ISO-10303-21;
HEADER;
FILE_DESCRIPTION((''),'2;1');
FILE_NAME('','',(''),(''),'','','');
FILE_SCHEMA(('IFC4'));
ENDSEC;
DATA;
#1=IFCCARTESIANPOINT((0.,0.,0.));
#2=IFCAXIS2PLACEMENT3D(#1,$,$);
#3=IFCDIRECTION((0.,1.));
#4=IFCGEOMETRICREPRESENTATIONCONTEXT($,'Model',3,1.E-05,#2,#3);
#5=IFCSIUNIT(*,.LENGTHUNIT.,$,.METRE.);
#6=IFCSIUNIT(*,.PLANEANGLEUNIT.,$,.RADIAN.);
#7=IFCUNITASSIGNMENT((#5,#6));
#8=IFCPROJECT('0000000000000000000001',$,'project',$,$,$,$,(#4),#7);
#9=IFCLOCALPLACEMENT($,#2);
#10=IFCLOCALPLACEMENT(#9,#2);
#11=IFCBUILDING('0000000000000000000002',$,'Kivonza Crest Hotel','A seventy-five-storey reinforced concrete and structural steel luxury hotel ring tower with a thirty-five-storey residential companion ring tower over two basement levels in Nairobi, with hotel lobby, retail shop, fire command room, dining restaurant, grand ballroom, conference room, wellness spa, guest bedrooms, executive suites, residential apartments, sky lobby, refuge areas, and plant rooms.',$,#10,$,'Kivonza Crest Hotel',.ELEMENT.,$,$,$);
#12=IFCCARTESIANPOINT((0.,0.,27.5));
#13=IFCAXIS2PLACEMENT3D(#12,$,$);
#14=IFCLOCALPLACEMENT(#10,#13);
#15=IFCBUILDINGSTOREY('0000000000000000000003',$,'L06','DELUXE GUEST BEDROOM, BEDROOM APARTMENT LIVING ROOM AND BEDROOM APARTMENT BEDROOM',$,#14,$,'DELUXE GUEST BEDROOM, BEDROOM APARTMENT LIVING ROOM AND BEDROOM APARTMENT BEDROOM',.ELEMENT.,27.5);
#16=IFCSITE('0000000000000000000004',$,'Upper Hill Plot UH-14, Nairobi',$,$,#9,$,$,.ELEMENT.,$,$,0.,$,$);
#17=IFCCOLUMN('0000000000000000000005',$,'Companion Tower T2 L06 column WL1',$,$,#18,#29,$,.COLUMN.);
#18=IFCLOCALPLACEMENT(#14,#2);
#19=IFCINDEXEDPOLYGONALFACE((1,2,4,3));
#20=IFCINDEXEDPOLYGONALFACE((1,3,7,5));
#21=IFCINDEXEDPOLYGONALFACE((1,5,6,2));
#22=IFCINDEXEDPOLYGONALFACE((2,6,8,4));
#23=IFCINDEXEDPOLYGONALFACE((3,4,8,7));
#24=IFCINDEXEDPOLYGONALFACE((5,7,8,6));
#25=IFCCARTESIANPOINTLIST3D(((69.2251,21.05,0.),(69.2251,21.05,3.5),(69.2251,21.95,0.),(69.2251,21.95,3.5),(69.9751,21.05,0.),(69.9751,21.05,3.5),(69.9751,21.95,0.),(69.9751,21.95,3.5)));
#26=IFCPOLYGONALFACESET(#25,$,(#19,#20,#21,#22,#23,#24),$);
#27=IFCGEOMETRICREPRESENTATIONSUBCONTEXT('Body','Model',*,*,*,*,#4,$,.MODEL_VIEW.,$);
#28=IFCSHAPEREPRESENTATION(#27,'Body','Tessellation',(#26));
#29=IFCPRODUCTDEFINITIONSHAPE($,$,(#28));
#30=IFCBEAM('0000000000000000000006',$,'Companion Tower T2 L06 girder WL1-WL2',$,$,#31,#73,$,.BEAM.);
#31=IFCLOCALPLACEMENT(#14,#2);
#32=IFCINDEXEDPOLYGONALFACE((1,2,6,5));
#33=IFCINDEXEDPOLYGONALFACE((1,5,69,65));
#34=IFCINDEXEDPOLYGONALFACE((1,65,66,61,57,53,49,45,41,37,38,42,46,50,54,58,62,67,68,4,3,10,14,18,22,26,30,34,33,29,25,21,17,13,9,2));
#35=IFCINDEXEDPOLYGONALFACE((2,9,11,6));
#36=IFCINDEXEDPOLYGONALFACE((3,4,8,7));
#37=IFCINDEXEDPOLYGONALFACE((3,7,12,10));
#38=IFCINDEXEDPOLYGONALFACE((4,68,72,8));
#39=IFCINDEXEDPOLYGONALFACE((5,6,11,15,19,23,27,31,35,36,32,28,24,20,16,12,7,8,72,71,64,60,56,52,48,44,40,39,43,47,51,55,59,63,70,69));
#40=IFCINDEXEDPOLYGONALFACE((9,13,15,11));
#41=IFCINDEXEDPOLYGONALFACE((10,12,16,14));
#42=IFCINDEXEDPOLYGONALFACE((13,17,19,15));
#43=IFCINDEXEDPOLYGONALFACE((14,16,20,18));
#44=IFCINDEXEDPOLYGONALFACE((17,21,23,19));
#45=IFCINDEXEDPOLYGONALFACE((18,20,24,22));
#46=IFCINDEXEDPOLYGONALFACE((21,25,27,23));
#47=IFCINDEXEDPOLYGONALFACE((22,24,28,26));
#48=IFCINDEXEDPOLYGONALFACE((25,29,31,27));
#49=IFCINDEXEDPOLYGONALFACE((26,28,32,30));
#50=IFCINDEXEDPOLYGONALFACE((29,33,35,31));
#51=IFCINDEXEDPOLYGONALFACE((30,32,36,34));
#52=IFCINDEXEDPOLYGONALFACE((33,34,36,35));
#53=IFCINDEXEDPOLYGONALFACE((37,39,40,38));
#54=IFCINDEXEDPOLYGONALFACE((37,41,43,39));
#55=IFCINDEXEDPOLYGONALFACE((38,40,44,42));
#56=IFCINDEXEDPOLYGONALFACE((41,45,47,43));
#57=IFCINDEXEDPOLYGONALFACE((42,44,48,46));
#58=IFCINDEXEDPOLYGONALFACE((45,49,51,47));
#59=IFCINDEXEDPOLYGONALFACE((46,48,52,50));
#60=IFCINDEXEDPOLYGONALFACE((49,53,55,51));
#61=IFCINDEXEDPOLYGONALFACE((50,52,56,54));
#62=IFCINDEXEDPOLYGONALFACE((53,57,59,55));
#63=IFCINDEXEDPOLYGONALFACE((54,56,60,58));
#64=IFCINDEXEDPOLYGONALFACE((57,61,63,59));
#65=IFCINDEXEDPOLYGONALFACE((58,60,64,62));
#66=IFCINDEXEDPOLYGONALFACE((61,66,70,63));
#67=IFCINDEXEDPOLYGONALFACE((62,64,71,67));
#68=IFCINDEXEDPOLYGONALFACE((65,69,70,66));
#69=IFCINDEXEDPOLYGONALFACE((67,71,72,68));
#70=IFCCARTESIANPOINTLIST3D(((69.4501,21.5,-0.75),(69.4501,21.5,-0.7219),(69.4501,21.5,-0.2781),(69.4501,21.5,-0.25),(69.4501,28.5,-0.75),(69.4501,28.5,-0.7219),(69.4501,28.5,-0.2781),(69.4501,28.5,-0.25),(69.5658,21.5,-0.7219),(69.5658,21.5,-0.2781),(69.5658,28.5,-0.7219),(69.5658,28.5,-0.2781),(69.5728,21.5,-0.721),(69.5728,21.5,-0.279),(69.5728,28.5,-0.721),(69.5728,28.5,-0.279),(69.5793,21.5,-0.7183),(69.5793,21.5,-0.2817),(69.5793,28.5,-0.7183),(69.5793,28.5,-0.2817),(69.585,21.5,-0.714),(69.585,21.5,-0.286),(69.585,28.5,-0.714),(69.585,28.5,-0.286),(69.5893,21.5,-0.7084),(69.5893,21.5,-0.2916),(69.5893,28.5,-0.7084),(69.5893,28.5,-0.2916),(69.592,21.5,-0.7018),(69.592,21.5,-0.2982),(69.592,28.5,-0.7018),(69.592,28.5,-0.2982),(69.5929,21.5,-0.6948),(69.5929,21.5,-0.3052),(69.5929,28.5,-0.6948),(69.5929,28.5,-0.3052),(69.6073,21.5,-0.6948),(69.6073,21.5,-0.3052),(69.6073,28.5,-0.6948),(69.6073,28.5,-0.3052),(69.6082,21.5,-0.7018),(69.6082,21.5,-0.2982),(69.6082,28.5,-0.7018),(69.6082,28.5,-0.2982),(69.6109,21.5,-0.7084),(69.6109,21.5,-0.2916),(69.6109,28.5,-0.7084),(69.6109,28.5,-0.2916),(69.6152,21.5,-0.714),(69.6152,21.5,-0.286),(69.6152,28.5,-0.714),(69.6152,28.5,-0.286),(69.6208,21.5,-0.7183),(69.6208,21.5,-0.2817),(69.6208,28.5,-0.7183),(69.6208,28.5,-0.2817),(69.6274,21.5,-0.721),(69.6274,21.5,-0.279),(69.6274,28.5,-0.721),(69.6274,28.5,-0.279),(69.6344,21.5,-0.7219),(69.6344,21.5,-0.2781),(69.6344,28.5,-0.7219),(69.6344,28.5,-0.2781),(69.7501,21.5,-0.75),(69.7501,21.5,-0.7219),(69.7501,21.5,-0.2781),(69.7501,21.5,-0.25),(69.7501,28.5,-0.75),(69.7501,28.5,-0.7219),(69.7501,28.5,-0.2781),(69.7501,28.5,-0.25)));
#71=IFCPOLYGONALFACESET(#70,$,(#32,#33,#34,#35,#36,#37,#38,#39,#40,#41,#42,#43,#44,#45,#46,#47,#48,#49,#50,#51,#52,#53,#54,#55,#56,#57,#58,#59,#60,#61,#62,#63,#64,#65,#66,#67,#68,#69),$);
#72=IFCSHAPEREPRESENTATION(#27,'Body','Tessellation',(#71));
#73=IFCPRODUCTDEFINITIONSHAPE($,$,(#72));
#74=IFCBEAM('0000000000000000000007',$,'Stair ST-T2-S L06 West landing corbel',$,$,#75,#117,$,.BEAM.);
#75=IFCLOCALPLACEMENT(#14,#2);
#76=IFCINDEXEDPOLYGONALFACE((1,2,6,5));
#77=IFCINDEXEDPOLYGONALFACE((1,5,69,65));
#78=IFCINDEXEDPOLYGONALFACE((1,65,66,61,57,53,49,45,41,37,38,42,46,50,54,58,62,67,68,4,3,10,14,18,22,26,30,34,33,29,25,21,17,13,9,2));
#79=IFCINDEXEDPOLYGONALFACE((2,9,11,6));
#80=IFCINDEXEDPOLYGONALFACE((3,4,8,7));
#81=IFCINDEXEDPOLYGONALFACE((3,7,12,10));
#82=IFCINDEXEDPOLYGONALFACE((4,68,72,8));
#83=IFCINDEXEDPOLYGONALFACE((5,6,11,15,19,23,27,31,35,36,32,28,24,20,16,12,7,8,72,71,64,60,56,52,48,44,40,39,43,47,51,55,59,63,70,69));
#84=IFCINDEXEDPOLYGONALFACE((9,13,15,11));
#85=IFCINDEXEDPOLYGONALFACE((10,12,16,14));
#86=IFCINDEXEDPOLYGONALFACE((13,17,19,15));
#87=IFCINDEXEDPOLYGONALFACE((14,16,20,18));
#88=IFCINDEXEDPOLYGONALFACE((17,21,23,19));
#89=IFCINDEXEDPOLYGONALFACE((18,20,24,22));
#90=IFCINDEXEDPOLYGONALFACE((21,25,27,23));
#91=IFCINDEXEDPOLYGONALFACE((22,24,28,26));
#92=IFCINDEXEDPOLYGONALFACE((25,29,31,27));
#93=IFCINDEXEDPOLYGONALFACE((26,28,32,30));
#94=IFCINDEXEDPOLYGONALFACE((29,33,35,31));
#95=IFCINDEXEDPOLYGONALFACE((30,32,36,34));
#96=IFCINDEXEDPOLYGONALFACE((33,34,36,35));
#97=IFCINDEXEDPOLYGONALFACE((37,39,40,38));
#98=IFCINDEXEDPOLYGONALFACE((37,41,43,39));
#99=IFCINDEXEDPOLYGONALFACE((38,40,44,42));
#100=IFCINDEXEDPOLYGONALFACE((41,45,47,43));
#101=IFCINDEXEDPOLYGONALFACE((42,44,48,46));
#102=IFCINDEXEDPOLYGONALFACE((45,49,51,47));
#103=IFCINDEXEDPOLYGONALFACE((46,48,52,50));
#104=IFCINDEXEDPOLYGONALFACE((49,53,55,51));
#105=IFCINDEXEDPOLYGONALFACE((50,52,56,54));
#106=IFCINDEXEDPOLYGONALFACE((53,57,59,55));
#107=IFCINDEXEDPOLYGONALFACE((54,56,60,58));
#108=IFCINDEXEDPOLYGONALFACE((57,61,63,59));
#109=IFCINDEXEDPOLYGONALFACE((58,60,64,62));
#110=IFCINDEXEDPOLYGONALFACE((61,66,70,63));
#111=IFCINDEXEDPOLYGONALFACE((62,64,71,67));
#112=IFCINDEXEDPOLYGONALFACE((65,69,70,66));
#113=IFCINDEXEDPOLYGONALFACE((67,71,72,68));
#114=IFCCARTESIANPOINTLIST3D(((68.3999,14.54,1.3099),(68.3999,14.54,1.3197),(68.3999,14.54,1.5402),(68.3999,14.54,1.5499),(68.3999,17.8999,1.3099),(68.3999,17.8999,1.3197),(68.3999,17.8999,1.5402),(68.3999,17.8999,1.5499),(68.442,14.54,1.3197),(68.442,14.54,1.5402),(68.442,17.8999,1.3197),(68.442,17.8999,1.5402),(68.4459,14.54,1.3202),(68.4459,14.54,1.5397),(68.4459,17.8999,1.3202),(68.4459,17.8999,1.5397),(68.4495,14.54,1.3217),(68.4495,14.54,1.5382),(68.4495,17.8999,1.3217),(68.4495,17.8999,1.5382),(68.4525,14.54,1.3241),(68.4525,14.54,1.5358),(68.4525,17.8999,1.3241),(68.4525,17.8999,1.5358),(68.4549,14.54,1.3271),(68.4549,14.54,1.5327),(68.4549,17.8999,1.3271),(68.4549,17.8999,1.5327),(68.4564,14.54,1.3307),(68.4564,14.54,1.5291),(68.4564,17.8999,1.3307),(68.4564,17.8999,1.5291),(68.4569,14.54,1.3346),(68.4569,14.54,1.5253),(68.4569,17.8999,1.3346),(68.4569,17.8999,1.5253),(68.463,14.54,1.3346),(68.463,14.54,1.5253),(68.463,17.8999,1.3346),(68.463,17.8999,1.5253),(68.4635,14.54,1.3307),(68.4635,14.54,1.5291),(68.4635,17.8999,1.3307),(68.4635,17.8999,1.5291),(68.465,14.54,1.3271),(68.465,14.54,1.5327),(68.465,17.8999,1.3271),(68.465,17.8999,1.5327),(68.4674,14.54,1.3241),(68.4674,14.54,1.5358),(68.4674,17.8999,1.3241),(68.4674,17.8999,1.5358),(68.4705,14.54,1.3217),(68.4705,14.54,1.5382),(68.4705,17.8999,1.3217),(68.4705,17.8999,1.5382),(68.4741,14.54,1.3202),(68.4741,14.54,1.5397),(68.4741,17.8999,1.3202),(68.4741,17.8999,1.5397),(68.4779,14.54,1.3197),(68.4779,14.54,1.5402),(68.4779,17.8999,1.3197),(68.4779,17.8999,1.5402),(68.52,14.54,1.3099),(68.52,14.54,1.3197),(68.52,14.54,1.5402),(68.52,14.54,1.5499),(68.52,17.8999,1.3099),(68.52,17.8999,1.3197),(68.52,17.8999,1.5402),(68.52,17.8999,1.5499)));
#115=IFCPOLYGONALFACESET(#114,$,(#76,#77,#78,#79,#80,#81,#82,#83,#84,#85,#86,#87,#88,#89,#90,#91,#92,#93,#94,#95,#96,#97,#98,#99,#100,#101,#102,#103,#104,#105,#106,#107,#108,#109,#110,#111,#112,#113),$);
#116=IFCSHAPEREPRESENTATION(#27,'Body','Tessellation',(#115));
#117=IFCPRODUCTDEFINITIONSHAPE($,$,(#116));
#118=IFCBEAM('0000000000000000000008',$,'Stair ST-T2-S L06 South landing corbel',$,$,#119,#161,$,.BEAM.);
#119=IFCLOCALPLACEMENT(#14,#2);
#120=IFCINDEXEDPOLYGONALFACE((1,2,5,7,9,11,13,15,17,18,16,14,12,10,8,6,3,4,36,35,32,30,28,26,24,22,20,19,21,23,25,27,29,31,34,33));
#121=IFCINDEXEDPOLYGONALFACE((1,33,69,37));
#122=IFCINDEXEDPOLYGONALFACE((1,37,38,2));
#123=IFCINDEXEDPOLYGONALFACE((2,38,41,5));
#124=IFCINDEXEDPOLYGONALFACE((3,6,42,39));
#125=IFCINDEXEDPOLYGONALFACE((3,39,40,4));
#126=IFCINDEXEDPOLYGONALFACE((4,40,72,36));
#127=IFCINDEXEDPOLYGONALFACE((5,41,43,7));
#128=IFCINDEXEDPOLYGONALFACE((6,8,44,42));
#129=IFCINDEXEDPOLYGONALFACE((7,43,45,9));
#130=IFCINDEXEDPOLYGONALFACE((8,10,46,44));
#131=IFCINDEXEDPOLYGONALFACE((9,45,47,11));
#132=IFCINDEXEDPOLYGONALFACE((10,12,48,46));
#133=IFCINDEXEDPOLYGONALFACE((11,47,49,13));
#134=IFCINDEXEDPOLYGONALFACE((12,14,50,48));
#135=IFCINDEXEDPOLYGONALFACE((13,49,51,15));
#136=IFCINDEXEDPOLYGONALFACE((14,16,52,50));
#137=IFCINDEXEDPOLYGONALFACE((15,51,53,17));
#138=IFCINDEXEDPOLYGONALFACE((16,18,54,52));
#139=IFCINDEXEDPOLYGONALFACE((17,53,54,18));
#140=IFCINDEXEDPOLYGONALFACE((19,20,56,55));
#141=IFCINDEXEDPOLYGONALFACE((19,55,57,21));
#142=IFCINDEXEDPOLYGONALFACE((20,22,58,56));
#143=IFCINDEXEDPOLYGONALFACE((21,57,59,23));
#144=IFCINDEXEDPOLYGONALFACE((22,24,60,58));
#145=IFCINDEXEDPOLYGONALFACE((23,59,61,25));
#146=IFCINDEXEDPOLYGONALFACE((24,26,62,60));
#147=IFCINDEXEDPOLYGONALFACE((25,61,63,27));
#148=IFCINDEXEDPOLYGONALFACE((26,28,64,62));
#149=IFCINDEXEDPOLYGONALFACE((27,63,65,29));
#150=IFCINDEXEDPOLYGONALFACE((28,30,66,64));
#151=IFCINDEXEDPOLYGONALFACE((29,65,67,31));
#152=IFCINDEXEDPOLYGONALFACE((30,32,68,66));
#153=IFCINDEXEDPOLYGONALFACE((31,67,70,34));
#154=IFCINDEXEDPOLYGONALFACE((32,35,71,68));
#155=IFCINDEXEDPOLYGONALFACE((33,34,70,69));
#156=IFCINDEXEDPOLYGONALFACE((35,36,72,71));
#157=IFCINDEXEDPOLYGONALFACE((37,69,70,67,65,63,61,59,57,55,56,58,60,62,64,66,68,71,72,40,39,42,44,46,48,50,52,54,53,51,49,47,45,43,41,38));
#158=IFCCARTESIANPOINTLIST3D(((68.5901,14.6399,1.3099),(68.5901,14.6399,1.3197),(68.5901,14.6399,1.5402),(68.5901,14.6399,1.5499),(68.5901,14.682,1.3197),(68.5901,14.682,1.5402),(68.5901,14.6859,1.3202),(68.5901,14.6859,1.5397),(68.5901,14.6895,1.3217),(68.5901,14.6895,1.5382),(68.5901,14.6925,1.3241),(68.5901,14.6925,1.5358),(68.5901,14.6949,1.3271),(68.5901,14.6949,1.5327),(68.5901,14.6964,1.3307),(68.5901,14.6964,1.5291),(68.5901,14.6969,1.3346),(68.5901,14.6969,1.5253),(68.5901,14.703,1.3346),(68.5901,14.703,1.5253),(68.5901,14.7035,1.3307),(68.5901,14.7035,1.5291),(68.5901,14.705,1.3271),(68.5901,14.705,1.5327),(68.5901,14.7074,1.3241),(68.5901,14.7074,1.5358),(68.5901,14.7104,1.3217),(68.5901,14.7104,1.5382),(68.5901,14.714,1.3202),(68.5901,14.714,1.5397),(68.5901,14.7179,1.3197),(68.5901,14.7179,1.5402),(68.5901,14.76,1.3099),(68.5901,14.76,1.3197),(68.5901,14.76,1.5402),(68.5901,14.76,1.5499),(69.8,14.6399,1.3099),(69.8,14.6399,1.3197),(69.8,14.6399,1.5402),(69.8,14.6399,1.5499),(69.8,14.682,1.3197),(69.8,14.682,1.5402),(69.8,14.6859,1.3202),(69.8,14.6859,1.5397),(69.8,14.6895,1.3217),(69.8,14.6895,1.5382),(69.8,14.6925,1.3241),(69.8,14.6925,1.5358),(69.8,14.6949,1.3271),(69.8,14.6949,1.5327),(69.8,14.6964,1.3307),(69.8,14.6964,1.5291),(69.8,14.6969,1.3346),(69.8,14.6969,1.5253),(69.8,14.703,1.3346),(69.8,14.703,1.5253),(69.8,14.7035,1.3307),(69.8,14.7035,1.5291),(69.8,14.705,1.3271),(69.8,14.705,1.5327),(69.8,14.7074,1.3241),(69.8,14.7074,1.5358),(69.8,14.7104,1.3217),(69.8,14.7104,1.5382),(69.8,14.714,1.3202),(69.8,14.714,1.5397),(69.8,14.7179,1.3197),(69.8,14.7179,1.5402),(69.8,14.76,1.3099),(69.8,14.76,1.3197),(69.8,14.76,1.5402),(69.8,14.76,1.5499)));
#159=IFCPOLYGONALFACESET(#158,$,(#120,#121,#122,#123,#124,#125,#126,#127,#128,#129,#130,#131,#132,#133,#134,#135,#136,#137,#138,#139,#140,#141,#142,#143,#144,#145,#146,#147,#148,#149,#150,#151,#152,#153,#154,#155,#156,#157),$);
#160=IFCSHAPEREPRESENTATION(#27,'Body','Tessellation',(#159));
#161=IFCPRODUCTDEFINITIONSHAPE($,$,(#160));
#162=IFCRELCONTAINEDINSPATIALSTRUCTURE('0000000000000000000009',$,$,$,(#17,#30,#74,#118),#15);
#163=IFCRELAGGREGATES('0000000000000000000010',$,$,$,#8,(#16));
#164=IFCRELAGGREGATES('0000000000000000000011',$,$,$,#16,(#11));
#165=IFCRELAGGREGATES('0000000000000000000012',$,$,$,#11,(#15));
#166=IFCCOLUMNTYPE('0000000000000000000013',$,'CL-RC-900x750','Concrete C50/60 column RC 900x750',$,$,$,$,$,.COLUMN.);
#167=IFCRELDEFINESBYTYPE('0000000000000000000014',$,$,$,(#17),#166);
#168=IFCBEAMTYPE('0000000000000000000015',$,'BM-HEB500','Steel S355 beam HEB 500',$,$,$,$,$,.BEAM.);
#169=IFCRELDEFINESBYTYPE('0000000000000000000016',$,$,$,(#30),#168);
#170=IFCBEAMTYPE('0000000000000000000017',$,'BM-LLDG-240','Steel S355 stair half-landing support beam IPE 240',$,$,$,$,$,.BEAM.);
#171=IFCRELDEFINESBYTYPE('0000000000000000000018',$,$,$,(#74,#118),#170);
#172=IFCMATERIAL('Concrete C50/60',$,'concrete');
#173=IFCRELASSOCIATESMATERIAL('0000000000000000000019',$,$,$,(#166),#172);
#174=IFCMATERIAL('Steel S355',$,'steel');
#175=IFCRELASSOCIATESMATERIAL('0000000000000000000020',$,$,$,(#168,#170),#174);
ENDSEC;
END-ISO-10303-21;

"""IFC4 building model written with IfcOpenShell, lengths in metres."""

from ifc_helpers import new_model, si_unit, direction, frame, origin, origin_2d, place, context, subcontext, project, spatial, rectangle, i_section, extrude, material, material_profile, profile_set, type_object, element, save


model = new_model("IFC4")

# Units and contexts
model_context = context("Model", 3, precision=1e-05, world=origin(), true_north=direction((0.0, 1.0)))
body_context = subcontext(model_context, "Body", "Model", "MODEL_VIEW")
ifc_project = project(units=[si_unit("LENGTHUNIT", "METRE"), si_unit("PLANEANGLEUNIT", "RADIAN")], contexts=[model_context])

# Site, building, storey
site_placement = place(None, origin())
site = spatial("IfcSite", under=ifc_project, at=site_placement, Name="Upper Hill Plot UH-14, Nairobi", CompositionType="ELEMENT", RefElevation=0.0)
building_placement = place(site_placement, origin())
building = spatial("IfcBuilding", under=site, at=building_placement, Name="Kivonza Crest Hotel", Description="A seventy-five-storey reinforced concrete and structural steel luxury hotel ring tower with a thirty-five-storey residential companion ring tower over two basement levels in Nairobi, with hotel lobby, retail shop, fire command room, dining restaurant, grand ballroom, conference room, wellness spa, guest bedrooms, executive suites, residential apartments, sky lobby, refuge areas, and plant rooms.", LongName="Kivonza Crest Hotel", CompositionType="ELEMENT")
storey_placement = place(building_placement, frame((0.0, 0.0, 27.5)))
storey = spatial("IfcBuildingStorey", under=building, at=storey_placement, Name="L06", Description="DELUXE GUEST BEDROOM, BEDROOM APARTMENT LIVING ROOM AND BEDROOM APARTMENT BEDROOM", LongName="DELUXE GUEST BEDROOM, BEDROOM APARTMENT LIVING ROOM AND BEDROOM APARTMENT BEDROOM", CompositionType="ELEMENT", Elevation=27.5)

# Column
ifc_material_1 = material(Name="Concrete C50/60", Category="concrete")
ifc_material_profile_1 = material_profile(ifc_material_1, rectangle(XDim=0.75, YDim=0.8999, at=origin_2d()), Name="RC 900x750")
ifc_profile_set_1 = profile_set([ifc_material_profile_1], Name="Concrete C50/60")
column_type = type_object("IfcColumnType", Name="CL-RC-900x750", Description="Concrete C50/60 column RC 900x750", PredefinedType="COLUMN", material=ifc_profile_set_1)
column_placement = place(storey_placement, frame((69.6001, 21.5, 0.0), z_axis=(0.0, 0.0, 1.0), x_axis=(1.0, 0.0, 0.0)))
element("IfcColumn", 1, at=column_placement, inside=storey, type_object=column_type, Name="Companion Tower T2 L06 column WL1", PredefinedType="COLUMN", context=body_context, shape_type="SweptSolid", body=[
    extrude(rectangle(XDim=0.75, YDim=0.8999, at=origin_2d()), origin(), (0.0, 0.0, 1.0), 3.5),
])

# Beams
ifc_material_2 = material(Name="Steel S355", Category="steel")
ifc_material_profile_2 = material_profile(ifc_material_2, i_section(OverallWidth=0.3, OverallDepth=0.5, WebThickness=0.0144, FlangeThickness=0.0281, FilletRadius=0.0271, at=origin_2d()), Name="HEB 500")
ifc_profile_set_2 = profile_set([ifc_material_profile_2], Name="Steel S355")
beam_type_1 = type_object("IfcBeamType", Name="BM-HEB500", Description="Steel S355 beam HEB 500", PredefinedType="BEAM", material=ifc_profile_set_2)
beam_1_placement = place(storey_placement, frame((69.6001, 21.5, -0.5), z_axis=(0.0, 1.0, 0.0), x_axis=(-1.0, 0.0, 0.0)))
element("IfcBeam", 2, at=beam_1_placement, inside=storey, type_object=beam_type_1, Name="Companion Tower T2 L06 girder WL1-WL2", PredefinedType="BEAM", context=body_context, shape_type="SweptSolid", body=[
    extrude(i_section(OverallWidth=0.3, OverallDepth=0.5, WebThickness=0.0144, FlangeThickness=0.0281, FilletRadius=0.0271, at=origin_2d()), origin(), (0.0, 0.0, 1.0), 7.0),
])
ifc_material_profile_3 = material_profile(ifc_material_2, i_section(OverallWidth=0.1201, OverallDepth=0.24, WebThickness=0.0061, FlangeThickness=0.0098, FilletRadius=0.0149, at=origin_2d()), Name="IPE 240")
ifc_profile_set_3 = profile_set([ifc_material_profile_3], Name="Steel S355")
beam_type_2 = type_object("IfcBeamType", Name="BM-LLDG-240", Description="Steel S355 stair half-landing support beam IPE 240", PredefinedType="BEAM", material=ifc_profile_set_3)
beam_2_placement = place(storey_placement, frame((68.46, 14.54, 1.4299), z_axis=(0.0, 1.0, 0.0), x_axis=(-1.0, 0.0, 0.0)))
element("IfcBeam", 3, at=beam_2_placement, inside=storey, type_object=beam_type_2, Name="Stair ST-T2-S L06 West landing corbel", PredefinedType="BEAM", context=body_context, shape_type="SweptSolid", body=[
    extrude(i_section(OverallWidth=0.1201, OverallDepth=0.24, WebThickness=0.0061, FlangeThickness=0.0098, FilletRadius=0.0149, at=origin_2d()), origin(), (0.0, 0.0, 1.0), 3.3599),
])
for number, where, z_axis, x_axis, name in (
    (4, (68.5901, 14.7, 1.4299), (1.0, 0.0, 0.0), (0.0, 1.0, 0.0), "Stair ST-T2-S L06 South landing corbel"),
):
    element("IfcBeam", number, at=place(storey_placement, frame(where, z_axis=z_axis, x_axis=x_axis)), inside=storey, type_object=beam_type_2, Name=name, PredefinedType="BEAM", context=body_context, shape_type="SweptSolid", body=[
        extrude(i_section(OverallWidth=0.1201, OverallDepth=0.24, WebThickness=0.0061, FlangeThickness=0.0098, FilletRadius=0.0149, at=origin_2d()), origin(), (0.0, 0.0, 1.0), 1.21),
    ])

save(model, "model.ifc")
